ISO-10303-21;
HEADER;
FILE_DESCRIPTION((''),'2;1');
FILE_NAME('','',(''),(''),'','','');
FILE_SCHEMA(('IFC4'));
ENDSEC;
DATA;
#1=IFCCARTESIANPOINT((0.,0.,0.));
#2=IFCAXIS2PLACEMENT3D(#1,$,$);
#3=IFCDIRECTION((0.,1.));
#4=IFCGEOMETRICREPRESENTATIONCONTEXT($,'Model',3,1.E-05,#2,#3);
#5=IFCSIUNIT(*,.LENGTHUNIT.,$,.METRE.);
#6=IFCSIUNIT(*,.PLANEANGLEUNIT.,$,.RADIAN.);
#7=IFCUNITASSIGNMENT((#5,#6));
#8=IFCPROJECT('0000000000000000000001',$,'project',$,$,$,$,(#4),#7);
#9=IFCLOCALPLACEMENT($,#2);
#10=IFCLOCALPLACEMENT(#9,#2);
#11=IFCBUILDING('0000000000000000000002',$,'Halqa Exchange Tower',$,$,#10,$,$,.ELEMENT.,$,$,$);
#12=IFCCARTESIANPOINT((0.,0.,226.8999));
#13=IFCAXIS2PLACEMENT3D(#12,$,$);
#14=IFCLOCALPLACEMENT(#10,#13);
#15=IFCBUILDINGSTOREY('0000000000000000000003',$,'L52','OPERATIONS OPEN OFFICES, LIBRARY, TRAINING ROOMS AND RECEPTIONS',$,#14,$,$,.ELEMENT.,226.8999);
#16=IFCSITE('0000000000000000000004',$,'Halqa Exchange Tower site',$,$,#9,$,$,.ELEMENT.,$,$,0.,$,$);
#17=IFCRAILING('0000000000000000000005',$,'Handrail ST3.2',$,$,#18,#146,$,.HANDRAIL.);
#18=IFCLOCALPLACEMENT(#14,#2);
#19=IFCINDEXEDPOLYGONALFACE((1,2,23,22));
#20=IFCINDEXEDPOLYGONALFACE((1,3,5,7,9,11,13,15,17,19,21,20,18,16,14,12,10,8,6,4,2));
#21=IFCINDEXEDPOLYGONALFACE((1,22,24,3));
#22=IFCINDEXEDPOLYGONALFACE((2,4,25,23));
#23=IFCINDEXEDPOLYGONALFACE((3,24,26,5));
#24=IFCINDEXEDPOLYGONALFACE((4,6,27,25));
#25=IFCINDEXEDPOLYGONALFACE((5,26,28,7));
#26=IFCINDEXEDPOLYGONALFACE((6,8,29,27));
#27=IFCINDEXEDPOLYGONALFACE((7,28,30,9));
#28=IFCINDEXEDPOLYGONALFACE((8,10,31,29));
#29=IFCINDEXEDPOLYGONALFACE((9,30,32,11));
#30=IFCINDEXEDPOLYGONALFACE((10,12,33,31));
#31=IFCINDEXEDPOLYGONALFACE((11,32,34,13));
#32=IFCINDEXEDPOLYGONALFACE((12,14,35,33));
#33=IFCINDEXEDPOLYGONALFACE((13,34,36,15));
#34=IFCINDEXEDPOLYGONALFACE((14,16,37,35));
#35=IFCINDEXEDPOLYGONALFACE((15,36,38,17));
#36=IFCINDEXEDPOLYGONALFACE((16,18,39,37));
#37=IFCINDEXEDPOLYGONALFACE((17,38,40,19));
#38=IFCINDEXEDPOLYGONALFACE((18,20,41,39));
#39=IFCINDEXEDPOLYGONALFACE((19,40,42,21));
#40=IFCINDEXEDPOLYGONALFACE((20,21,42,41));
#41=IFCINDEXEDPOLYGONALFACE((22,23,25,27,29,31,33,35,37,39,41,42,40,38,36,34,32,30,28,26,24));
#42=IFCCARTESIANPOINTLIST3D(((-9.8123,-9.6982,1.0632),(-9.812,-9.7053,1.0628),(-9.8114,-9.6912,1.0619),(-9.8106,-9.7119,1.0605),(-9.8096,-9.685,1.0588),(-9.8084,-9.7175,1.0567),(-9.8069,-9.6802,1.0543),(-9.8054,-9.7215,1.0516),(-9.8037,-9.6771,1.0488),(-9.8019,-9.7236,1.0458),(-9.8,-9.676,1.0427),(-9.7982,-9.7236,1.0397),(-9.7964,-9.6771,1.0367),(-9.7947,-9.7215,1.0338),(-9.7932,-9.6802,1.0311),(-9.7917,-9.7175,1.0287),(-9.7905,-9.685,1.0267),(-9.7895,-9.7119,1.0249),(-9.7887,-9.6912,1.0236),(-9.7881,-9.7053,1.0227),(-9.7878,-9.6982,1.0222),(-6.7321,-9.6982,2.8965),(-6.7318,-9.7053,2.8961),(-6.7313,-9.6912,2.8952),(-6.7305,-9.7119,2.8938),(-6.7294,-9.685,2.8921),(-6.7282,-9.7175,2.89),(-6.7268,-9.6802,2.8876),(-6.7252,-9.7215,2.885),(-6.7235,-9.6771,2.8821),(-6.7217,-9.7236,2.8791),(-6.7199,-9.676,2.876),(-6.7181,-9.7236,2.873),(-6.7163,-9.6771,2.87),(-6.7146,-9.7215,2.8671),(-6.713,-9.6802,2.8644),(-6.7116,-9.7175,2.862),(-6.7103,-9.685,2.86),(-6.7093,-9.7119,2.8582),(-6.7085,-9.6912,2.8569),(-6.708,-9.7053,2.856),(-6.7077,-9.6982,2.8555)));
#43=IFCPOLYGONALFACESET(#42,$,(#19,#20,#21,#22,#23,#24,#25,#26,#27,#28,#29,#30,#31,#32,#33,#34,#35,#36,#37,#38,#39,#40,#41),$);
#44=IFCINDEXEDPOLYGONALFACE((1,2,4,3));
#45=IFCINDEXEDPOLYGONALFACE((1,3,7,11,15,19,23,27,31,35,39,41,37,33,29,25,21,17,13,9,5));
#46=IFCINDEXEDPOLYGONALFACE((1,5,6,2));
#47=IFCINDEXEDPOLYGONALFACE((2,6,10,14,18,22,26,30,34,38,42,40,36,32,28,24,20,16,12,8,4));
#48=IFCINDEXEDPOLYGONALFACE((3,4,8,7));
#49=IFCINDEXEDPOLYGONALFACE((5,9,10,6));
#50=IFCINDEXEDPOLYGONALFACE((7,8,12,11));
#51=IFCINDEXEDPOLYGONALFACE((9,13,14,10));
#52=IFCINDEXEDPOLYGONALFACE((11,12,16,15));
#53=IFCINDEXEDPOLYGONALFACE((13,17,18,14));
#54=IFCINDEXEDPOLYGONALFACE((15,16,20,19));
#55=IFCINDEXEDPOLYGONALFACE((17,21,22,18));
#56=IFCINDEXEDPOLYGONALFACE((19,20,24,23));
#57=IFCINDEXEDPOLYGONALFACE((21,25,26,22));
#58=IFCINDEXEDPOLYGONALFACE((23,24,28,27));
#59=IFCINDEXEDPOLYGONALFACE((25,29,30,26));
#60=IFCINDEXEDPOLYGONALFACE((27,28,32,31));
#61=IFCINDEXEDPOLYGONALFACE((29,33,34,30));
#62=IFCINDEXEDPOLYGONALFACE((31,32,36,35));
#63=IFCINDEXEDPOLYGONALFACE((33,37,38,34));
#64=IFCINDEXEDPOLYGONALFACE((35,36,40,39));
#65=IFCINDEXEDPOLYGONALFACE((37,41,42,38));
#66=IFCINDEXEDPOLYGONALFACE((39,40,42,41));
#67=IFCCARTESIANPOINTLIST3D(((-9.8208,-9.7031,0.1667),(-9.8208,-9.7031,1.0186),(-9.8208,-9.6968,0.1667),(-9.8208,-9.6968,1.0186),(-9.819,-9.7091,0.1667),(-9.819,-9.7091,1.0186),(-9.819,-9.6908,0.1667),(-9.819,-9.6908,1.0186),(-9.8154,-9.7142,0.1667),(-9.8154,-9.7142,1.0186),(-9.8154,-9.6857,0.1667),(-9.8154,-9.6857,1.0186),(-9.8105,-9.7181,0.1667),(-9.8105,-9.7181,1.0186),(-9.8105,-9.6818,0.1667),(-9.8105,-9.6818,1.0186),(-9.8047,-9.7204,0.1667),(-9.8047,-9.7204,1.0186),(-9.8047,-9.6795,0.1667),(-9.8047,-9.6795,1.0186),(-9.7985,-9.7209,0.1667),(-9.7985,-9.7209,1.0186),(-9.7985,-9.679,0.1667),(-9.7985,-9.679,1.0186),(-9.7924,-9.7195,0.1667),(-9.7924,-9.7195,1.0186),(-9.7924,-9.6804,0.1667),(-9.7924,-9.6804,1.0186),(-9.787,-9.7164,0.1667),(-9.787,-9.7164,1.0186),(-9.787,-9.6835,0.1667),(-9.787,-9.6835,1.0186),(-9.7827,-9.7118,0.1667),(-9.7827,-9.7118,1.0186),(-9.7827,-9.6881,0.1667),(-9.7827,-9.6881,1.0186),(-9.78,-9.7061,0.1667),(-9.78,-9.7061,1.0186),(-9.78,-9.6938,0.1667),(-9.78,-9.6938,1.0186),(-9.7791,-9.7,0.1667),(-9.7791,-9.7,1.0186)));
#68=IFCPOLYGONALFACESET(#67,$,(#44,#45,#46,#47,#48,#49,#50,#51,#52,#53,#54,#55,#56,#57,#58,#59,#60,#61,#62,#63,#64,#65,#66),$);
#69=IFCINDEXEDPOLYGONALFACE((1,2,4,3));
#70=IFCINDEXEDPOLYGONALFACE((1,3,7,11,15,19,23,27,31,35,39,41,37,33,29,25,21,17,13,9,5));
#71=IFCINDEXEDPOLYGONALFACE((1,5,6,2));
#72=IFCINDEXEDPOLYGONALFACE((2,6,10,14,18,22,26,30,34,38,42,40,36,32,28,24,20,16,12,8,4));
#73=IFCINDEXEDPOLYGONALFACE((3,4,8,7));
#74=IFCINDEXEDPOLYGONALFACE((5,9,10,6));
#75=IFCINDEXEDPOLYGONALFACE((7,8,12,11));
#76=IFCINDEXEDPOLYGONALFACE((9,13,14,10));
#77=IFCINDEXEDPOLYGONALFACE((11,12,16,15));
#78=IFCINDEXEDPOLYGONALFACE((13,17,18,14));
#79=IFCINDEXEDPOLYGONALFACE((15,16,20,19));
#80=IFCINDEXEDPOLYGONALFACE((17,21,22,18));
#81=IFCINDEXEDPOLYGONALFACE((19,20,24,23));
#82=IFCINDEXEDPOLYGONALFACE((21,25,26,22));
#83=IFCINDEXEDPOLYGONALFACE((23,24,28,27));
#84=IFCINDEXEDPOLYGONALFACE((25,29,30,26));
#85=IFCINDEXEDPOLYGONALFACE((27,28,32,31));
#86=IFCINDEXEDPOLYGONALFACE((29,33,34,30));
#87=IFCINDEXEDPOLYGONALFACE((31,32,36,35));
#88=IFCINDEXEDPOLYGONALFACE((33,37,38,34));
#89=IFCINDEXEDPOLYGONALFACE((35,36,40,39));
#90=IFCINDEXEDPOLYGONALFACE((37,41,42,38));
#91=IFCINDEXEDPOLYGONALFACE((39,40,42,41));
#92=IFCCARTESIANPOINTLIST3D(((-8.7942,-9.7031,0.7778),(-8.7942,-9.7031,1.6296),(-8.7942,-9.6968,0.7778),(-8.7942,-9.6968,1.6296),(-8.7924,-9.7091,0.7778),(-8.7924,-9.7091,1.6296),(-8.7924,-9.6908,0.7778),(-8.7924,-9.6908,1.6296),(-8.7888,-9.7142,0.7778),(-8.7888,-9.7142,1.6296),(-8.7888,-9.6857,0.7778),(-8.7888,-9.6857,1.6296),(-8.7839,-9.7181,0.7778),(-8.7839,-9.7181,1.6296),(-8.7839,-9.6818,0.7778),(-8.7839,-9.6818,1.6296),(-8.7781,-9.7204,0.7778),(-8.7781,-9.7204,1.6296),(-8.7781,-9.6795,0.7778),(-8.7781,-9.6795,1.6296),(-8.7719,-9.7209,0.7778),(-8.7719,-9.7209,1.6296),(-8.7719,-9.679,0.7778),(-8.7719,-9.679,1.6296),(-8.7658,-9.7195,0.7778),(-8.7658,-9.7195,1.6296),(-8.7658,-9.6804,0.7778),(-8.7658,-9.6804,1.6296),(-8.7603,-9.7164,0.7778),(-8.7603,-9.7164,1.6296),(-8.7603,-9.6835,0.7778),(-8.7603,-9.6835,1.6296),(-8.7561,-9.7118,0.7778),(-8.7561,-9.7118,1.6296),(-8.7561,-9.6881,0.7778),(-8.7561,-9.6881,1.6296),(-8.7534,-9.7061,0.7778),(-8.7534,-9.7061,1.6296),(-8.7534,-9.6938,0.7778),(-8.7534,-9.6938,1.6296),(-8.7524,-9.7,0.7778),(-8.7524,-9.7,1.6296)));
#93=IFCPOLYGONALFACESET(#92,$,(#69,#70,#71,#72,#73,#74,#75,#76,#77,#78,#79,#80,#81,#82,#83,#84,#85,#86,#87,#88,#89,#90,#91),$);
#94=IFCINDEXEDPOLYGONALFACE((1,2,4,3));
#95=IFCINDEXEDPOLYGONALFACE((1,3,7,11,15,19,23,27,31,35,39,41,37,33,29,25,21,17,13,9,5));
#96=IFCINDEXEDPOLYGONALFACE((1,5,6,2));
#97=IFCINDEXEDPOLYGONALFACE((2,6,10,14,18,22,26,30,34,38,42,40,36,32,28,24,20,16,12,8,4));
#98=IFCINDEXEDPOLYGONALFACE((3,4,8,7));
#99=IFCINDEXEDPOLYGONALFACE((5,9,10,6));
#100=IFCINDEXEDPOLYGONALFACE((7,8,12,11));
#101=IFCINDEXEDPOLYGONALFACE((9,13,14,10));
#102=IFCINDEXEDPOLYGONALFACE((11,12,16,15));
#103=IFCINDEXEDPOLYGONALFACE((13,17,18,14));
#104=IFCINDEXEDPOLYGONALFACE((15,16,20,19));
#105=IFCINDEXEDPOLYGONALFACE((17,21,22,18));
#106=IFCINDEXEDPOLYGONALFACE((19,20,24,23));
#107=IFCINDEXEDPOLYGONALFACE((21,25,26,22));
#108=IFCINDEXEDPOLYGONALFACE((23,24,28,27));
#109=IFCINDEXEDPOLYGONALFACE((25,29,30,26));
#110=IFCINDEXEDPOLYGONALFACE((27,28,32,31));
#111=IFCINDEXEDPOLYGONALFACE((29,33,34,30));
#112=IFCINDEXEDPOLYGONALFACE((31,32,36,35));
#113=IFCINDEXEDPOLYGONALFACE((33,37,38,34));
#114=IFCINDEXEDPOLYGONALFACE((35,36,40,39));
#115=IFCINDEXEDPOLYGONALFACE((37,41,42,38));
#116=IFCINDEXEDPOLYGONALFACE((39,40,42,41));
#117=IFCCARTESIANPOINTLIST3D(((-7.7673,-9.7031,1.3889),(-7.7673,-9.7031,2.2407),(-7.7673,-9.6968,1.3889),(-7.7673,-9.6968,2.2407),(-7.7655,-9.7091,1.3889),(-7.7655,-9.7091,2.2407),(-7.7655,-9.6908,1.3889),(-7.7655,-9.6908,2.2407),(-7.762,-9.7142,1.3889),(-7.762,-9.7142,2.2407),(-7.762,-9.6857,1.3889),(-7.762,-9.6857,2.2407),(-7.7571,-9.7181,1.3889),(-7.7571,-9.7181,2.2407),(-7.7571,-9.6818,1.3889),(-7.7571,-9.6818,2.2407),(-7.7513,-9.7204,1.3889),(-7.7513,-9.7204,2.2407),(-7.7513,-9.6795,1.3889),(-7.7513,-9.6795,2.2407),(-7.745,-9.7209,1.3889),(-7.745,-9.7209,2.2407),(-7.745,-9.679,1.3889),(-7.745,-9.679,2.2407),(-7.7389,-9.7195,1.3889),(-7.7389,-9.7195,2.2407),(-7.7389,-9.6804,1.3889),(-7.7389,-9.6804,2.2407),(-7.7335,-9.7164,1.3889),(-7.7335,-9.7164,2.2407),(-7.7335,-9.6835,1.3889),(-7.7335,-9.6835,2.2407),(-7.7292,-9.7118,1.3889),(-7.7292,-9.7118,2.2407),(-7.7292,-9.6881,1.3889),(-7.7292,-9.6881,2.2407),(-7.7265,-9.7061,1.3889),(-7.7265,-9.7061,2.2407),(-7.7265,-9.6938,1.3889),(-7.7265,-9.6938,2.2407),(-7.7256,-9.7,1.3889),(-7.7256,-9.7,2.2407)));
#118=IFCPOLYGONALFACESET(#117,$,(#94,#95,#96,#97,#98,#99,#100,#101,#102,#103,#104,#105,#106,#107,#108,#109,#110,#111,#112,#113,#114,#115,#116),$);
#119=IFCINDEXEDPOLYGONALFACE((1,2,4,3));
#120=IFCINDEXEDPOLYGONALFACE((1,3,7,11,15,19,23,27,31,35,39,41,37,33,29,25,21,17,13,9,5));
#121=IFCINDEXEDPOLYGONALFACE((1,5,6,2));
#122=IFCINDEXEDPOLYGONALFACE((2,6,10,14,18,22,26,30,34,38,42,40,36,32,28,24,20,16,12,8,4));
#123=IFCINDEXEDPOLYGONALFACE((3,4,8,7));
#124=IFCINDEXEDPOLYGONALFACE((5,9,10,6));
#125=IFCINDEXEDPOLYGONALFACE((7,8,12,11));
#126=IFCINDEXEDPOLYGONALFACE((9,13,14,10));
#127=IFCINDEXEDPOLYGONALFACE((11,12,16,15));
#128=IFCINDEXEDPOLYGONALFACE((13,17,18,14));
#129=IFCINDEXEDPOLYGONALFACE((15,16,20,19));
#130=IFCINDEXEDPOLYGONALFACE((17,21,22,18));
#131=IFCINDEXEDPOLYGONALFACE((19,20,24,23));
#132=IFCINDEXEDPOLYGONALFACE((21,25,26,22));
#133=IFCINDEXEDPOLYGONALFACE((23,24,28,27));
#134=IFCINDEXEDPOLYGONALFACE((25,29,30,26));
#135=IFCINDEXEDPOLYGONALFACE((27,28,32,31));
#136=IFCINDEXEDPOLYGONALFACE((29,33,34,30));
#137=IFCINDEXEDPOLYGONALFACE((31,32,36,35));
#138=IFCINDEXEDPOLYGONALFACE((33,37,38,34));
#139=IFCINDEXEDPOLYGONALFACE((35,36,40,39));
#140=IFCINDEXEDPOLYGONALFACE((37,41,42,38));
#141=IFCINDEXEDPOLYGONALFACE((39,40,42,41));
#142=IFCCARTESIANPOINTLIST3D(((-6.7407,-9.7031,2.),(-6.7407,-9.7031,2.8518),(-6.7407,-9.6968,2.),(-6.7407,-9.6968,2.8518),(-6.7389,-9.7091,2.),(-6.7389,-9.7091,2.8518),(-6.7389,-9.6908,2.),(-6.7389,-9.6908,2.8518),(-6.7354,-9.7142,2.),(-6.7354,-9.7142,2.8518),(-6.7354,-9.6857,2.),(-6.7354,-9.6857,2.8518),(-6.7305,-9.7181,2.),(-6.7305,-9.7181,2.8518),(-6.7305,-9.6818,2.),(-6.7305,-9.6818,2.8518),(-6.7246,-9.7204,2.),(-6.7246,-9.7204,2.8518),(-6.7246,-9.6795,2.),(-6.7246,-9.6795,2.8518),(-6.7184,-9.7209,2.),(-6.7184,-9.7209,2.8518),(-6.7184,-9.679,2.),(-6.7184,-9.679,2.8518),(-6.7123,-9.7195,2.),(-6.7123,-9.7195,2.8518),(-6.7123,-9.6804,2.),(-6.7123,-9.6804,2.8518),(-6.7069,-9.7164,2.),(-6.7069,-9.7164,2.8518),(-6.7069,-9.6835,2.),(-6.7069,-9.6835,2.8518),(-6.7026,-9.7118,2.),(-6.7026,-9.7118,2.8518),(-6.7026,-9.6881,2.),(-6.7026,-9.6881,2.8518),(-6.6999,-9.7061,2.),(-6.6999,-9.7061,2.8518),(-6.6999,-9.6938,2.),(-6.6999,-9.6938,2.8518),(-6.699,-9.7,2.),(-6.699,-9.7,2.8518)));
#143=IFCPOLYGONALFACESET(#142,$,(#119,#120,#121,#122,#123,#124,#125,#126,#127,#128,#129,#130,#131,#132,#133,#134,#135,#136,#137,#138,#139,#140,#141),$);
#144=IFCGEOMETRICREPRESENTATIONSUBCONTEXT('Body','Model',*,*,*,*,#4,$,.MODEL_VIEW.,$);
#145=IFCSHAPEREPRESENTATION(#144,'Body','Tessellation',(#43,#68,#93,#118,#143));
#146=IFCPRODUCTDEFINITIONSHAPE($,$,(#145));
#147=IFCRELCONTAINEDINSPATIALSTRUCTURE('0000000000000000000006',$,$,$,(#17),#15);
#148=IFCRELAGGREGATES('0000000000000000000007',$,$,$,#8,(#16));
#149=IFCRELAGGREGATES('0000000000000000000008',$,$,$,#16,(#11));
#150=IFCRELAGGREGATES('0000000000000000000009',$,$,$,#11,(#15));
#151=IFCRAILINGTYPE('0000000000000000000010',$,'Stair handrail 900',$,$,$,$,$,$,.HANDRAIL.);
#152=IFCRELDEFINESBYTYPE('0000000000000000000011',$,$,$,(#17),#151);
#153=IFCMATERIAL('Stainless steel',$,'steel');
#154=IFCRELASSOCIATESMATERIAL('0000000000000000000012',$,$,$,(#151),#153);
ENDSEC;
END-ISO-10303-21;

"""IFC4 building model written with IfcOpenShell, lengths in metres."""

from ifc_helpers import new_model, si_unit, direction, frame, origin, origin_2d, place, context, subcontext, project, spatial, circle, extrude, material, type_object, element, save


model = new_model("IFC4")

# Units and contexts
model_context = context("Model", 3, precision=1e-05, world=origin(), true_north=direction((0.0, 1.0)))
body_context = subcontext(model_context, "Body", "Model", "MODEL_VIEW")
ifc_project = project(units=[si_unit("LENGTHUNIT", "METRE"), si_unit("PLANEANGLEUNIT", "RADIAN")], contexts=[model_context])

# Site, building, storey
site_placement = place(None, origin())
site = spatial("IfcSite", under=ifc_project, at=site_placement, Name="Halqa Exchange Tower site", CompositionType="ELEMENT", RefElevation=0.0)
building_placement = place(site_placement, origin())
building = spatial("IfcBuilding", under=site, at=building_placement, Name="Halqa Exchange Tower", CompositionType="ELEMENT")
storey_placement = place(building_placement, frame((0.0, 0.0, 226.8999)))
storey = spatial("IfcBuildingStorey", under=building, at=storey_placement, Name="L52", Description="OPERATIONS OPEN OFFICES, LIBRARY, TRAINING ROOMS AND RECEPTIONS", CompositionType="ELEMENT", Elevation=226.8999)

# Shared definitions
ifc_material_1 = material(Name="Stainless steel", Category="steel")

# Railing
railing_type_1 = type_object("IfcRailingType", Name="Stair handrail 900", PredefinedType="HANDRAIL", material=ifc_material_1)
railing_1_placement = place(storey_placement, frame((-9.8, -9.7, 0.1667)))
element("IfcRailing", 1, at=railing_1_placement, inside=storey, type_object=railing_type_1, Name="Handrail ST3.2", PredefinedType="HANDRAIL", context=body_context, shape_type="SweptSolid", body=[
    extrude(circle(Radius=0.0239, at=origin_2d()), frame((0.0, 0.0, 0.876), z_axis=(0.859309, 0.0, 0.511458), x_axis=(0.0, 1.0, 0.0)), (0.0, 0.0, 1.0), 3.5845),
    extrude(circle(Radius=0.021, at=origin_2d()), origin(), (0.0, 0.0, 1.0), 0.8518),
    extrude(circle(Radius=0.021, at=origin_2d()), frame((1.0266, 0.0, 0.6111)), (0.0, 0.0, 1.0), 0.8518),
    extrude(circle(Radius=0.021, at=origin_2d()), frame((2.0535, 0.0, 1.2222)), (0.0, 0.0, 1.0), 0.8518),
    extrude(circle(Radius=0.021, at=origin_2d()), frame((3.0801, 0.0, 1.8333)), (0.0, 0.0, 1.0), 0.8518),
])

save(model, "model.ifc")
